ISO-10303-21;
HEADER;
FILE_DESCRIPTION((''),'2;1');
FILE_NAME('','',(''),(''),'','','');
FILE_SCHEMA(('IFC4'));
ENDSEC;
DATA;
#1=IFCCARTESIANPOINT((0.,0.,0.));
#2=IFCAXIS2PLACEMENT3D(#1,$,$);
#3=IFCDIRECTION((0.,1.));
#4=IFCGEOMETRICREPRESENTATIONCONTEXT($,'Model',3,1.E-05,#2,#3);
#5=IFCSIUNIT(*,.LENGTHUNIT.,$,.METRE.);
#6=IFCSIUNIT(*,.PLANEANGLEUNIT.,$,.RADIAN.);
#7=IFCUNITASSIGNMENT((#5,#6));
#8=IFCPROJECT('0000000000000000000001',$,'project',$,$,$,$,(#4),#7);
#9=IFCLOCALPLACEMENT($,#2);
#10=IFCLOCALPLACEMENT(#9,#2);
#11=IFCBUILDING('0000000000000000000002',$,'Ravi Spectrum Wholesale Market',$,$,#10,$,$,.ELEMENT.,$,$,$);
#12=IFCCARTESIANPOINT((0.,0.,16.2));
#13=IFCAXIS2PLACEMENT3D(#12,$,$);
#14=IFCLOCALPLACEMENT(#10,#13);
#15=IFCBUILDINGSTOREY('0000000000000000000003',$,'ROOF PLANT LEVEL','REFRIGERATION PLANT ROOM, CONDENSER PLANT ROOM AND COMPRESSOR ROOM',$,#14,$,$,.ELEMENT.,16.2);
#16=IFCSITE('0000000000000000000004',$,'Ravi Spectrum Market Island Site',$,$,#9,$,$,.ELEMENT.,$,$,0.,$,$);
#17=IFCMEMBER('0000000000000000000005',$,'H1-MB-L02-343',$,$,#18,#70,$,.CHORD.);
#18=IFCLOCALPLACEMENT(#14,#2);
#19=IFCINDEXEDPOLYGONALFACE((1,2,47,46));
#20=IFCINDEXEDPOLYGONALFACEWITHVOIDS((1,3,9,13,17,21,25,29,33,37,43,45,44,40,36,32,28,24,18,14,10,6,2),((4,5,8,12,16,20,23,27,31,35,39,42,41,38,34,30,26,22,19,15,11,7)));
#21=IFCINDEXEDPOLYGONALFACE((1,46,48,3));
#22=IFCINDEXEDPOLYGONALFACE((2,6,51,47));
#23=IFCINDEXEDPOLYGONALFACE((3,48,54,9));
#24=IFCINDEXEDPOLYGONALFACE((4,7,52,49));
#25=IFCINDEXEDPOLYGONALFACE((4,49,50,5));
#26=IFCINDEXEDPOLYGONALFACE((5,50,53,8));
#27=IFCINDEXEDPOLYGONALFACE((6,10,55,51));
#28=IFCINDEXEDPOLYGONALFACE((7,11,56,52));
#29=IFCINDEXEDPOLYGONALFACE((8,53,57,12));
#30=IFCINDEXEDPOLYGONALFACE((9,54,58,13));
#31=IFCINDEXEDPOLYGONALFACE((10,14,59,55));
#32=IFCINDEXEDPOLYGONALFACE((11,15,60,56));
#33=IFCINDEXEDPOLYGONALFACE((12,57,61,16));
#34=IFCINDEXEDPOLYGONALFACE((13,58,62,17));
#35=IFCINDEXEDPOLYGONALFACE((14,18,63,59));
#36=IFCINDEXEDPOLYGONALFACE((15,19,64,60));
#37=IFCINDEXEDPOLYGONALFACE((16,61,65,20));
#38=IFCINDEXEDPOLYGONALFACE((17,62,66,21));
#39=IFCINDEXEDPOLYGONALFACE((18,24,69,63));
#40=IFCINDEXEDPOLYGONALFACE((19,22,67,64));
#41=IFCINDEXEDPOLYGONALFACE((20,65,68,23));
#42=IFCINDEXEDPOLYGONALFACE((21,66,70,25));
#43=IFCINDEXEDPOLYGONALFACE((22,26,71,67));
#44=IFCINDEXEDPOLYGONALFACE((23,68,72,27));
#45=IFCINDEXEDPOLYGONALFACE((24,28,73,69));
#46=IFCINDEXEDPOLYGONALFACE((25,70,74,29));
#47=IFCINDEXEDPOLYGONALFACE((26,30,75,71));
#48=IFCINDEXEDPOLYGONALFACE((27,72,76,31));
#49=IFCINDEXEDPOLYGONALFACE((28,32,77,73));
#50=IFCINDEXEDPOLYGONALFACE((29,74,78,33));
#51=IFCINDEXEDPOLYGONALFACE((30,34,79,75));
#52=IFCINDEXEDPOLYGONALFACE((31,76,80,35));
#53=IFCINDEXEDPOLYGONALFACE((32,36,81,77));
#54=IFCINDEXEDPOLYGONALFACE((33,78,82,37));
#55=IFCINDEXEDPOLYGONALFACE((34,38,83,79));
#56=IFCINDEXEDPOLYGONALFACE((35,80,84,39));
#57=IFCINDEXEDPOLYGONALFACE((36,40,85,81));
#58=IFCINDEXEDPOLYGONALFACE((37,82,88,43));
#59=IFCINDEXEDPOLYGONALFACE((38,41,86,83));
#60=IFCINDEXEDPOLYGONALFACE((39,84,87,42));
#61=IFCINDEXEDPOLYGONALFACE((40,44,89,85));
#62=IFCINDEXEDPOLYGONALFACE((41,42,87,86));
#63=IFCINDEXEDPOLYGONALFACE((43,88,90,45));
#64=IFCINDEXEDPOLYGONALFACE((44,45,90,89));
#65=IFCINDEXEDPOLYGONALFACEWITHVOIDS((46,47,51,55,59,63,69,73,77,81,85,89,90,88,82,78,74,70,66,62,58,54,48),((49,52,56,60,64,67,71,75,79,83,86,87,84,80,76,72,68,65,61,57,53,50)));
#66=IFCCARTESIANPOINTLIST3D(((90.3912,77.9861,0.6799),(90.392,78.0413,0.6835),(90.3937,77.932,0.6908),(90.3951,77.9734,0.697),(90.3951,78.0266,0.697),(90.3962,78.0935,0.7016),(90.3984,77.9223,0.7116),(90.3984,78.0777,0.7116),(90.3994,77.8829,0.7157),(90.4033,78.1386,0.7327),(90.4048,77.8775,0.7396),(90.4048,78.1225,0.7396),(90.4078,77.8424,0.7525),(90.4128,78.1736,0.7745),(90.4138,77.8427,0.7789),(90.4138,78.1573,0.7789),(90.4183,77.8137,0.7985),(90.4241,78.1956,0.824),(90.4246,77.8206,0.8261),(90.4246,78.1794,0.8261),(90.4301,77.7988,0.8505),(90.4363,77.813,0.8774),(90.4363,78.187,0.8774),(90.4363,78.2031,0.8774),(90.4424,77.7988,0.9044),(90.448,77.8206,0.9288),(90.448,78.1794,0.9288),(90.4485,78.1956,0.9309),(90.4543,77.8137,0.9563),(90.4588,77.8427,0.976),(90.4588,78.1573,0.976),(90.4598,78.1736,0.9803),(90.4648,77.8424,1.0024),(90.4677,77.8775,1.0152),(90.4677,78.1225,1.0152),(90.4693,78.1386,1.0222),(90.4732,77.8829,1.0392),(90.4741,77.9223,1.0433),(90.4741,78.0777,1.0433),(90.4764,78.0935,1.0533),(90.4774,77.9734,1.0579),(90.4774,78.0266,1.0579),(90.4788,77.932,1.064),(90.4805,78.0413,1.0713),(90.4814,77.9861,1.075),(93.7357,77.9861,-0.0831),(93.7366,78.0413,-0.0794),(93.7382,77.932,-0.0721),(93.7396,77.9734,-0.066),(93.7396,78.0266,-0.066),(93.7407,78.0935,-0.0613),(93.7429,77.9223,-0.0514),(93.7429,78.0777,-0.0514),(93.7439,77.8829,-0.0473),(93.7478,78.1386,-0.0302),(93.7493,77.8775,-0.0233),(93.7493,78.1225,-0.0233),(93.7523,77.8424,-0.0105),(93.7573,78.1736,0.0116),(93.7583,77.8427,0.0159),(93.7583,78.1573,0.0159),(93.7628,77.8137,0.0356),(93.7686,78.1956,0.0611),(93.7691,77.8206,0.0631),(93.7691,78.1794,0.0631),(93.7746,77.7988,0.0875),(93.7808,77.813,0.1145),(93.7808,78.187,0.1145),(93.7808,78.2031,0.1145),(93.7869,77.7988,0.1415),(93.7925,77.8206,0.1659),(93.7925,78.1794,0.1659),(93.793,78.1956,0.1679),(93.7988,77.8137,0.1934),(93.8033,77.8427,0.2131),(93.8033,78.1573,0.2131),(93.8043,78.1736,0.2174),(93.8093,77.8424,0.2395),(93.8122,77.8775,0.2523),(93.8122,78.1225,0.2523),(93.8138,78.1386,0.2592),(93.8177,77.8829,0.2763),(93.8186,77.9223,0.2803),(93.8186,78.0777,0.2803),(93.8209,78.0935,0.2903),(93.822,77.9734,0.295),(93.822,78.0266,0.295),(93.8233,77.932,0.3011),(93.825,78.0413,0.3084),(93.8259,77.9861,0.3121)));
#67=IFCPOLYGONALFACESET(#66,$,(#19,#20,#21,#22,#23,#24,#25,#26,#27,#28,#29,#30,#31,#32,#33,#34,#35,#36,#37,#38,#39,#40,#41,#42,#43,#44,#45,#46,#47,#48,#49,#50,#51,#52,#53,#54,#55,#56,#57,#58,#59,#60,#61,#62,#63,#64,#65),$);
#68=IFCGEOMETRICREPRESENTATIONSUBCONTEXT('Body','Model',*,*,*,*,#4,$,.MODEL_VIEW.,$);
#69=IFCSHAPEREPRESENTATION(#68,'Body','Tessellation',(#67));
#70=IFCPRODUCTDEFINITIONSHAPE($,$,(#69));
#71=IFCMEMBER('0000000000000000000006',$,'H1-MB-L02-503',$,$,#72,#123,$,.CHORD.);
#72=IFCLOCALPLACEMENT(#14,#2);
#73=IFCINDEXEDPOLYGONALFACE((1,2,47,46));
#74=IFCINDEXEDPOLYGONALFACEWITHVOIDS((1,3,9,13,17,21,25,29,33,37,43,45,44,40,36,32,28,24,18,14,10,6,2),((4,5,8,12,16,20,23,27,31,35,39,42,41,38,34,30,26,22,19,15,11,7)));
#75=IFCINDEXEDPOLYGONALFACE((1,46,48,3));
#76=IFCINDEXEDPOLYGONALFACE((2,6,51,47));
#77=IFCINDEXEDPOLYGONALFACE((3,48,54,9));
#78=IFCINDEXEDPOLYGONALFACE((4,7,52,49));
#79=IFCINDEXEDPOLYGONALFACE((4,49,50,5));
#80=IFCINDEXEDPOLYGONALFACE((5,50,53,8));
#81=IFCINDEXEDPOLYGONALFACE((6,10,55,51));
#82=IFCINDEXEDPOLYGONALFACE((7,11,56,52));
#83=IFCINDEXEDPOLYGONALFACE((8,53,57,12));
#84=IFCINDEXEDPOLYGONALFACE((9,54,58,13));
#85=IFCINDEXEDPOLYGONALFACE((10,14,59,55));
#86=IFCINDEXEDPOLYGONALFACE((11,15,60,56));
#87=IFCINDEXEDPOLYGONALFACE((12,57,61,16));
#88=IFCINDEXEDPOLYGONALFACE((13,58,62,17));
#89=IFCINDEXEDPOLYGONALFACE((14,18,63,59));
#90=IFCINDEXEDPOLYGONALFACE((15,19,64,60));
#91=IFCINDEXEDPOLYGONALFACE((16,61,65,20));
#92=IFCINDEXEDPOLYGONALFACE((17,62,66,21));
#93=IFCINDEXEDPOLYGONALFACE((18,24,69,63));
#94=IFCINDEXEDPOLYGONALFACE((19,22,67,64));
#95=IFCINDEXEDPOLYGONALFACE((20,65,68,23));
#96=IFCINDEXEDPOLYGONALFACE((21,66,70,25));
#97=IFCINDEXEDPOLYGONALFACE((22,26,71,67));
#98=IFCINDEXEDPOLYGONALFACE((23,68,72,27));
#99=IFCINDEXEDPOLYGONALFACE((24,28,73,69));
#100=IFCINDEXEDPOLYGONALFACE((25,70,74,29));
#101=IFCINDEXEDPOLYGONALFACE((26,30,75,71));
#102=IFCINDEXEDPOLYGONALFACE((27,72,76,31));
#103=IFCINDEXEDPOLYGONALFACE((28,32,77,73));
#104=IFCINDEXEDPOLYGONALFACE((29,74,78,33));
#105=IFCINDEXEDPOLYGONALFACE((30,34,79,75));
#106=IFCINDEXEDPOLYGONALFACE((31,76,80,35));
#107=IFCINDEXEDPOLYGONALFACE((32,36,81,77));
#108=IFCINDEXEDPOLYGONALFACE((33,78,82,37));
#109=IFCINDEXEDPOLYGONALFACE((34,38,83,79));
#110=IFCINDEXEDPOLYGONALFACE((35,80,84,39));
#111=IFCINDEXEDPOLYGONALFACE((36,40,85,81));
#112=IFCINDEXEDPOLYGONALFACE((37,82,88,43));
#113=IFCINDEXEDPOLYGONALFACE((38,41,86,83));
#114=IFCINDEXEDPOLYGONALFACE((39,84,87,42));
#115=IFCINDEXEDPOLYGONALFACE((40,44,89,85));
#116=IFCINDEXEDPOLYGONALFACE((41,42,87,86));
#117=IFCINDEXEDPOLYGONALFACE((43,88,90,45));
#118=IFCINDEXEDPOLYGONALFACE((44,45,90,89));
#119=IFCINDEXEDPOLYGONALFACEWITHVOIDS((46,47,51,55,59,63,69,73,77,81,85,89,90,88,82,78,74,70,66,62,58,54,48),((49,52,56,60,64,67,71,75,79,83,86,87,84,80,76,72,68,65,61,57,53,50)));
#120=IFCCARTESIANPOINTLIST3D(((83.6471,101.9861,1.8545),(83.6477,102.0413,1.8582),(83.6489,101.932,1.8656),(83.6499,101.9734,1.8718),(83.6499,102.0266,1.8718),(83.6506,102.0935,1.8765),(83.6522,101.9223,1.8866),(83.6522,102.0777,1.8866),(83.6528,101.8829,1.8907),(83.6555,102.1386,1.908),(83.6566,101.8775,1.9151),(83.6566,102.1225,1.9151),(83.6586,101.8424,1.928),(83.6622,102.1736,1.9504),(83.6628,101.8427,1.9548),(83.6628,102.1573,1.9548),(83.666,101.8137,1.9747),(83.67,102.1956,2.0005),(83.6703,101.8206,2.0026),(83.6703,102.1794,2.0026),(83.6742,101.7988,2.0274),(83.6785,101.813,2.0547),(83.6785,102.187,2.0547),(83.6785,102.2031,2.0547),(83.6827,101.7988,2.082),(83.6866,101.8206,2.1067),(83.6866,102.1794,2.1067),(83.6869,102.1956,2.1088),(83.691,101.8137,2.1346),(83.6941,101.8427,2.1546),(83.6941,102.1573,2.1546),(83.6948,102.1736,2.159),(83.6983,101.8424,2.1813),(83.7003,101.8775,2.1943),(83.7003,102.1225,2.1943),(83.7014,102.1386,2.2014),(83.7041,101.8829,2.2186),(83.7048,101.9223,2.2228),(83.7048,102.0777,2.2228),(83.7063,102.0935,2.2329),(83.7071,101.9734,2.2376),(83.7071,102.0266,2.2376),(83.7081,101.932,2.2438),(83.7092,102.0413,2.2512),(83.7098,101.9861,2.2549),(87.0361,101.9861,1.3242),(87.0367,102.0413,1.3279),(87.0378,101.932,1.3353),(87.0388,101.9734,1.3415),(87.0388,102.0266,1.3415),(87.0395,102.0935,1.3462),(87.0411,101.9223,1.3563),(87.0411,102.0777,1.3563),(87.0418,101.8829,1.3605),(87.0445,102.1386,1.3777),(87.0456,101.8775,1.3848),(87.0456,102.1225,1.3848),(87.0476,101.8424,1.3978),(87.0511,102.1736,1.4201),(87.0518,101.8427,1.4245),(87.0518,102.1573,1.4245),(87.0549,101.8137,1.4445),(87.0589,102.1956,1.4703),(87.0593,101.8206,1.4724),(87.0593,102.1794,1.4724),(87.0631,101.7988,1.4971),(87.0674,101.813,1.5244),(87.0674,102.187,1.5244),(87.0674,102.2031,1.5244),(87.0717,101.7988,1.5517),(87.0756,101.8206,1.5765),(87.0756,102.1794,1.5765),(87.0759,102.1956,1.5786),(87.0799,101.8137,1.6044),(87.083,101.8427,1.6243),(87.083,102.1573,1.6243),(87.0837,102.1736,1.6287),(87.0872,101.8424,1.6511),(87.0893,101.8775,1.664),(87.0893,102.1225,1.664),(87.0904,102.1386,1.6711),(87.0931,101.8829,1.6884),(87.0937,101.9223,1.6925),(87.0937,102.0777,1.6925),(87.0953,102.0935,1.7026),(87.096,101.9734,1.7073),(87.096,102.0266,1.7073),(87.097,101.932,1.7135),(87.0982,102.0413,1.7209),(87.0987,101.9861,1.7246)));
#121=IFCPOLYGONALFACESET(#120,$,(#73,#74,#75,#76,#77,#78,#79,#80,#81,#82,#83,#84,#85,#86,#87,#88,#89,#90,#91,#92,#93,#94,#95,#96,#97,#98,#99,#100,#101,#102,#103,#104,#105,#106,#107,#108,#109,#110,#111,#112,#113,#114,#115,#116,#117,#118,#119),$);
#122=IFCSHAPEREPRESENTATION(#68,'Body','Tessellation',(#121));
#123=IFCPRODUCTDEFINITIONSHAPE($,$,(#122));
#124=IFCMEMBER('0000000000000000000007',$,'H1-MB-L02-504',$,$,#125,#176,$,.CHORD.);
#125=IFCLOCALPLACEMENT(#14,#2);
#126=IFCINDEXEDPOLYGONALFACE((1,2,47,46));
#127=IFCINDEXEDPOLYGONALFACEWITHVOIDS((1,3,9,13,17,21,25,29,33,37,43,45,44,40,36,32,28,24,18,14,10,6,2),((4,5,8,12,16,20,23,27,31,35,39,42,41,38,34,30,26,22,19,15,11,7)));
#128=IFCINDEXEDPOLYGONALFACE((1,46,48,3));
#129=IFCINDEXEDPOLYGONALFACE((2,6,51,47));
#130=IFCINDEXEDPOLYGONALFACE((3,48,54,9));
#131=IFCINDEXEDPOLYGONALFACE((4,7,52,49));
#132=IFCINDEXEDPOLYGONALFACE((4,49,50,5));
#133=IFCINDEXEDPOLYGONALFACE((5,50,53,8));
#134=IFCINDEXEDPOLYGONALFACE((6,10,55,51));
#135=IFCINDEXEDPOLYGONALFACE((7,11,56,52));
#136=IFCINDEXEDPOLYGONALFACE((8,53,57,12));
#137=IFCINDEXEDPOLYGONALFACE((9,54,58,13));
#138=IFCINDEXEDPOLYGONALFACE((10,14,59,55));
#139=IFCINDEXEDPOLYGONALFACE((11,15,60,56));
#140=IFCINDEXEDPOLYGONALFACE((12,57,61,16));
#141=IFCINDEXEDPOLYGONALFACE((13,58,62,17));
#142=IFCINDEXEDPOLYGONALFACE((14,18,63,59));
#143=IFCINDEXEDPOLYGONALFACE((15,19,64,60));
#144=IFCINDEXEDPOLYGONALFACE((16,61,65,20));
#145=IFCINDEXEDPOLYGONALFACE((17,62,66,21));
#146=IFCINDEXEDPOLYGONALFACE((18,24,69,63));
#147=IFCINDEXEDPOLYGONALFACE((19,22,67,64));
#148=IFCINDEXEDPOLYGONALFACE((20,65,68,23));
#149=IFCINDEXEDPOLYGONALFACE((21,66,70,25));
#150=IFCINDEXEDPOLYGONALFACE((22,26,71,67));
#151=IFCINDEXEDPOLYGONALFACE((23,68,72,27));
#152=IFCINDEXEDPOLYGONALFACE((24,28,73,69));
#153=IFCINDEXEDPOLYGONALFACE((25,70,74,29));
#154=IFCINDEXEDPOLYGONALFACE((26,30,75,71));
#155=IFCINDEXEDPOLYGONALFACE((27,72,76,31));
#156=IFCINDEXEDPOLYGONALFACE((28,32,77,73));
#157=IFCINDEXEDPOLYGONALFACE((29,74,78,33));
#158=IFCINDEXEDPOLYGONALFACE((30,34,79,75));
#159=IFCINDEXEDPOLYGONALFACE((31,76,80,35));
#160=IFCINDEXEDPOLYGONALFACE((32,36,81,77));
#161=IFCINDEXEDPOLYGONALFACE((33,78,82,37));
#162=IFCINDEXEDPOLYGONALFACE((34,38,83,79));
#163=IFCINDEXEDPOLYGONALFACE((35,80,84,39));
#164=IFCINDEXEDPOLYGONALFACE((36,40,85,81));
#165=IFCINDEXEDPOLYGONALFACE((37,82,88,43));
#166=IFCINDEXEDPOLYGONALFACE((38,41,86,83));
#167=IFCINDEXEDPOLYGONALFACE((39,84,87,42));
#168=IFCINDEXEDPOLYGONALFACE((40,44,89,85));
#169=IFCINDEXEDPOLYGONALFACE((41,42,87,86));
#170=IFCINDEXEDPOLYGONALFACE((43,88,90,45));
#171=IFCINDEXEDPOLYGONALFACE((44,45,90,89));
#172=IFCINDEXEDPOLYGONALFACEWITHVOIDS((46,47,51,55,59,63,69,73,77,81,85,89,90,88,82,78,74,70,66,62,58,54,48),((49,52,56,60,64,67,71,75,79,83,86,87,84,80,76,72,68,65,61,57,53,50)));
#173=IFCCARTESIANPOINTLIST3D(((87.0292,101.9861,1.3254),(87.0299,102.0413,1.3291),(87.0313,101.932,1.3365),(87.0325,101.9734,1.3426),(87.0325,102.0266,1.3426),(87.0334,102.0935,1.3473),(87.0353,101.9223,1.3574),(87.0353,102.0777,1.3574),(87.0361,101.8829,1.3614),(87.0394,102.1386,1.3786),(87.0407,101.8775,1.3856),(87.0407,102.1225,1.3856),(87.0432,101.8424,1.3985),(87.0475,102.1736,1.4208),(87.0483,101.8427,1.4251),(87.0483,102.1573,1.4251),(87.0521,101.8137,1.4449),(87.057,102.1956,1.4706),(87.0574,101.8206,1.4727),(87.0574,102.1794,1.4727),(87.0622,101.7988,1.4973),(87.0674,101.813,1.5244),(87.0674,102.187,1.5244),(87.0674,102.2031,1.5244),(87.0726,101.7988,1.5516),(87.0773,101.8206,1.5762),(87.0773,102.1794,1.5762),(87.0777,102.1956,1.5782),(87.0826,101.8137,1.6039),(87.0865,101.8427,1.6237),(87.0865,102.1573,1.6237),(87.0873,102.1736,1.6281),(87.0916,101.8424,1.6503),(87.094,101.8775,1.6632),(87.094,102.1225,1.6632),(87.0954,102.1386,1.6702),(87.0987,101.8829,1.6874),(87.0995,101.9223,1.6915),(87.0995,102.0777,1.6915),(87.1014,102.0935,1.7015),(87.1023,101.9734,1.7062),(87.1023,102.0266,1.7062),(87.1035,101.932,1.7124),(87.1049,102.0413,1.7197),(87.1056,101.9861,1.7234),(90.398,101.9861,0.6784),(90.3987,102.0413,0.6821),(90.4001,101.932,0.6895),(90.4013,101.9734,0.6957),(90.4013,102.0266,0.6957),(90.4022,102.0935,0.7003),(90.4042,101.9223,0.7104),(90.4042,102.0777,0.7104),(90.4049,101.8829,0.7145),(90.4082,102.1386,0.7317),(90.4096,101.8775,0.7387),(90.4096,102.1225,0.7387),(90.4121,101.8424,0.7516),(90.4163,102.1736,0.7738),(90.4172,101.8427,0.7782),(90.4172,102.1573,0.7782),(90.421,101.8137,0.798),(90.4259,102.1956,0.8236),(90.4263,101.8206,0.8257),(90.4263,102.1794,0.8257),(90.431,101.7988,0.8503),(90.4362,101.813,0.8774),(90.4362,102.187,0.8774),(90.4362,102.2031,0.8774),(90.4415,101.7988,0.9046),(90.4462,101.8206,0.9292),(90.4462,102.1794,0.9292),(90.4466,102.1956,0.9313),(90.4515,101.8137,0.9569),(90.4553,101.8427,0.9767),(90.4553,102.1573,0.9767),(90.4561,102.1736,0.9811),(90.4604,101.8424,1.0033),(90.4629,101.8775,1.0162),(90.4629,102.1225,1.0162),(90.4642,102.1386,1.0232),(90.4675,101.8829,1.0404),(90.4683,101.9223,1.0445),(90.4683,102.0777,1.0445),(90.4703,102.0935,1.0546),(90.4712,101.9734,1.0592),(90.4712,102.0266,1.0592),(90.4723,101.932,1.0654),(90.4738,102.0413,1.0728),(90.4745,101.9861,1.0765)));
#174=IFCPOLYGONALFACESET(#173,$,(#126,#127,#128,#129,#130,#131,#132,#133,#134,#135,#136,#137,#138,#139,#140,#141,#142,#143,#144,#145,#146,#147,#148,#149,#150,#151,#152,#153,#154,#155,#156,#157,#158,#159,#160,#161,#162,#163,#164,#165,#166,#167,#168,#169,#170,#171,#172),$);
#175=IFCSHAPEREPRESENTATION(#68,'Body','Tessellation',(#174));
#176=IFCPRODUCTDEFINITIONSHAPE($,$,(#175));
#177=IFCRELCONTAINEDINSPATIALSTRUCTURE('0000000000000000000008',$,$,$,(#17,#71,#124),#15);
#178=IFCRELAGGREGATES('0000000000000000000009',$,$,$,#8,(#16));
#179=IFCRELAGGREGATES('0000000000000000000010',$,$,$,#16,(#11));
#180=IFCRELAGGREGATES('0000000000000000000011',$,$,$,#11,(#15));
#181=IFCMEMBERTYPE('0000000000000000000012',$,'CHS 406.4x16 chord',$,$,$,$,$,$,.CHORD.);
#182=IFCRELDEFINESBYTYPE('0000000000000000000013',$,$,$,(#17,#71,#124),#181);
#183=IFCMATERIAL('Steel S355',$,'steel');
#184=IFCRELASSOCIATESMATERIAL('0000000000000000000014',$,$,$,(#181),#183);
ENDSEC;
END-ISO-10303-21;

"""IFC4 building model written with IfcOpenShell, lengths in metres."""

from ifc_helpers import new_model, si_unit, direction, frame, origin, origin_2d, place, context, subcontext, project, spatial, hollow_circle, extrude, material, material_profile, profile_set, type_object, element, save


model = new_model("IFC4")

# Units and contexts
model_context = context("Model", 3, precision=1e-05, world=origin(), true_north=direction((0.0, 1.0)))
body_context = subcontext(model_context, "Body", "Model", "MODEL_VIEW")
ifc_project = project(units=[si_unit("LENGTHUNIT", "METRE"), si_unit("PLANEANGLEUNIT", "RADIAN")], contexts=[model_context])

# Site, building, storey
site_placement = place(None, origin())
site = spatial("IfcSite", under=ifc_project, at=site_placement, Name="Ravi Spectrum Market Island Site", CompositionType="ELEMENT", RefElevation=0.0)
building_placement = place(site_placement, origin())
building = spatial("IfcBuilding", under=site, at=building_placement, Name="Ravi Spectrum Wholesale Market", CompositionType="ELEMENT")
storey_placement = place(building_placement, frame((0.0, 0.0, 16.2)))
storey = spatial("IfcBuildingStorey", under=building, at=storey_placement, Name="ROOF PLANT LEVEL", Description="REFRIGERATION PLANT ROOM, CONDENSER PLANT ROOM AND COMPRESSOR ROOM", CompositionType="ELEMENT", Elevation=16.2)

# Members
ifc_material_1 = material(Name="Steel S355", Category="steel")
ifc_material_profile_1 = material_profile(ifc_material_1, hollow_circle(Radius=0.2031, WallThickness=0.0161, at=origin_2d()))
ifc_profile_set_1 = profile_set([ifc_material_profile_1], Name="Steel S355")
member_type_1 = type_object("IfcMemberType", Name="CHS 406.4x16 chord", PredefinedType="CHORD", material=ifc_profile_set_1)
for number, where, z_axis, x_axis, name in (
    (1, (90.4363, 78.0, 0.8774), (0.974954, 0.0, -0.222405), (0.0, 1.0, 0.0), "H1-MB-L02-343"),
):
    element("IfcMember", number, at=place(storey_placement, frame(where, z_axis=z_axis, x_axis=x_axis)), inside=storey, type_object=member_type_1, Name=name, PredefinedType="CHORD", context=body_context, shape_type="SweptSolid", body=[
        extrude(hollow_circle(Radius=0.2031, WallThickness=0.0161, at=origin_2d()), origin(), (0.0, 0.0, 1.0), 3.4304),
    ])
member_1_placement = place(storey_placement, frame((83.6785, 102.0, 2.0547), z_axis=(0.987978, 0.0, -0.154592), x_axis=(0.0, 1.0, 0.0)))
element("IfcMember", 2, at=member_1_placement, inside=storey, type_object=member_type_1, Name="H1-MB-L02-503", PredefinedType="CHORD", context=body_context, shape_type="SweptSolid", body=[
    extrude(hollow_circle(Radius=0.2031, WallThickness=0.0161, at=origin_2d()), origin(), (0.0, 0.0, 1.0), 3.4302),
])
for number, where, z_axis, x_axis, name in (
    (3, (87.0674, 102.0, 1.5244), (0.982055, 0.0, -0.188597), (0.0, 1.0, 0.0), "H1-MB-L02-504"),
):
    element("IfcMember", number, at=place(storey_placement, frame(where, z_axis=z_axis, x_axis=x_axis)), inside=storey, type_object=member_type_1, Name=name, PredefinedType="CHORD", context=body_context, shape_type="SweptSolid", body=[
        extrude(hollow_circle(Radius=0.2031, WallThickness=0.0161, at=origin_2d()), origin(), (0.0, 0.0, 1.0), 3.4304),
    ])

save(model, "model.ifc")
